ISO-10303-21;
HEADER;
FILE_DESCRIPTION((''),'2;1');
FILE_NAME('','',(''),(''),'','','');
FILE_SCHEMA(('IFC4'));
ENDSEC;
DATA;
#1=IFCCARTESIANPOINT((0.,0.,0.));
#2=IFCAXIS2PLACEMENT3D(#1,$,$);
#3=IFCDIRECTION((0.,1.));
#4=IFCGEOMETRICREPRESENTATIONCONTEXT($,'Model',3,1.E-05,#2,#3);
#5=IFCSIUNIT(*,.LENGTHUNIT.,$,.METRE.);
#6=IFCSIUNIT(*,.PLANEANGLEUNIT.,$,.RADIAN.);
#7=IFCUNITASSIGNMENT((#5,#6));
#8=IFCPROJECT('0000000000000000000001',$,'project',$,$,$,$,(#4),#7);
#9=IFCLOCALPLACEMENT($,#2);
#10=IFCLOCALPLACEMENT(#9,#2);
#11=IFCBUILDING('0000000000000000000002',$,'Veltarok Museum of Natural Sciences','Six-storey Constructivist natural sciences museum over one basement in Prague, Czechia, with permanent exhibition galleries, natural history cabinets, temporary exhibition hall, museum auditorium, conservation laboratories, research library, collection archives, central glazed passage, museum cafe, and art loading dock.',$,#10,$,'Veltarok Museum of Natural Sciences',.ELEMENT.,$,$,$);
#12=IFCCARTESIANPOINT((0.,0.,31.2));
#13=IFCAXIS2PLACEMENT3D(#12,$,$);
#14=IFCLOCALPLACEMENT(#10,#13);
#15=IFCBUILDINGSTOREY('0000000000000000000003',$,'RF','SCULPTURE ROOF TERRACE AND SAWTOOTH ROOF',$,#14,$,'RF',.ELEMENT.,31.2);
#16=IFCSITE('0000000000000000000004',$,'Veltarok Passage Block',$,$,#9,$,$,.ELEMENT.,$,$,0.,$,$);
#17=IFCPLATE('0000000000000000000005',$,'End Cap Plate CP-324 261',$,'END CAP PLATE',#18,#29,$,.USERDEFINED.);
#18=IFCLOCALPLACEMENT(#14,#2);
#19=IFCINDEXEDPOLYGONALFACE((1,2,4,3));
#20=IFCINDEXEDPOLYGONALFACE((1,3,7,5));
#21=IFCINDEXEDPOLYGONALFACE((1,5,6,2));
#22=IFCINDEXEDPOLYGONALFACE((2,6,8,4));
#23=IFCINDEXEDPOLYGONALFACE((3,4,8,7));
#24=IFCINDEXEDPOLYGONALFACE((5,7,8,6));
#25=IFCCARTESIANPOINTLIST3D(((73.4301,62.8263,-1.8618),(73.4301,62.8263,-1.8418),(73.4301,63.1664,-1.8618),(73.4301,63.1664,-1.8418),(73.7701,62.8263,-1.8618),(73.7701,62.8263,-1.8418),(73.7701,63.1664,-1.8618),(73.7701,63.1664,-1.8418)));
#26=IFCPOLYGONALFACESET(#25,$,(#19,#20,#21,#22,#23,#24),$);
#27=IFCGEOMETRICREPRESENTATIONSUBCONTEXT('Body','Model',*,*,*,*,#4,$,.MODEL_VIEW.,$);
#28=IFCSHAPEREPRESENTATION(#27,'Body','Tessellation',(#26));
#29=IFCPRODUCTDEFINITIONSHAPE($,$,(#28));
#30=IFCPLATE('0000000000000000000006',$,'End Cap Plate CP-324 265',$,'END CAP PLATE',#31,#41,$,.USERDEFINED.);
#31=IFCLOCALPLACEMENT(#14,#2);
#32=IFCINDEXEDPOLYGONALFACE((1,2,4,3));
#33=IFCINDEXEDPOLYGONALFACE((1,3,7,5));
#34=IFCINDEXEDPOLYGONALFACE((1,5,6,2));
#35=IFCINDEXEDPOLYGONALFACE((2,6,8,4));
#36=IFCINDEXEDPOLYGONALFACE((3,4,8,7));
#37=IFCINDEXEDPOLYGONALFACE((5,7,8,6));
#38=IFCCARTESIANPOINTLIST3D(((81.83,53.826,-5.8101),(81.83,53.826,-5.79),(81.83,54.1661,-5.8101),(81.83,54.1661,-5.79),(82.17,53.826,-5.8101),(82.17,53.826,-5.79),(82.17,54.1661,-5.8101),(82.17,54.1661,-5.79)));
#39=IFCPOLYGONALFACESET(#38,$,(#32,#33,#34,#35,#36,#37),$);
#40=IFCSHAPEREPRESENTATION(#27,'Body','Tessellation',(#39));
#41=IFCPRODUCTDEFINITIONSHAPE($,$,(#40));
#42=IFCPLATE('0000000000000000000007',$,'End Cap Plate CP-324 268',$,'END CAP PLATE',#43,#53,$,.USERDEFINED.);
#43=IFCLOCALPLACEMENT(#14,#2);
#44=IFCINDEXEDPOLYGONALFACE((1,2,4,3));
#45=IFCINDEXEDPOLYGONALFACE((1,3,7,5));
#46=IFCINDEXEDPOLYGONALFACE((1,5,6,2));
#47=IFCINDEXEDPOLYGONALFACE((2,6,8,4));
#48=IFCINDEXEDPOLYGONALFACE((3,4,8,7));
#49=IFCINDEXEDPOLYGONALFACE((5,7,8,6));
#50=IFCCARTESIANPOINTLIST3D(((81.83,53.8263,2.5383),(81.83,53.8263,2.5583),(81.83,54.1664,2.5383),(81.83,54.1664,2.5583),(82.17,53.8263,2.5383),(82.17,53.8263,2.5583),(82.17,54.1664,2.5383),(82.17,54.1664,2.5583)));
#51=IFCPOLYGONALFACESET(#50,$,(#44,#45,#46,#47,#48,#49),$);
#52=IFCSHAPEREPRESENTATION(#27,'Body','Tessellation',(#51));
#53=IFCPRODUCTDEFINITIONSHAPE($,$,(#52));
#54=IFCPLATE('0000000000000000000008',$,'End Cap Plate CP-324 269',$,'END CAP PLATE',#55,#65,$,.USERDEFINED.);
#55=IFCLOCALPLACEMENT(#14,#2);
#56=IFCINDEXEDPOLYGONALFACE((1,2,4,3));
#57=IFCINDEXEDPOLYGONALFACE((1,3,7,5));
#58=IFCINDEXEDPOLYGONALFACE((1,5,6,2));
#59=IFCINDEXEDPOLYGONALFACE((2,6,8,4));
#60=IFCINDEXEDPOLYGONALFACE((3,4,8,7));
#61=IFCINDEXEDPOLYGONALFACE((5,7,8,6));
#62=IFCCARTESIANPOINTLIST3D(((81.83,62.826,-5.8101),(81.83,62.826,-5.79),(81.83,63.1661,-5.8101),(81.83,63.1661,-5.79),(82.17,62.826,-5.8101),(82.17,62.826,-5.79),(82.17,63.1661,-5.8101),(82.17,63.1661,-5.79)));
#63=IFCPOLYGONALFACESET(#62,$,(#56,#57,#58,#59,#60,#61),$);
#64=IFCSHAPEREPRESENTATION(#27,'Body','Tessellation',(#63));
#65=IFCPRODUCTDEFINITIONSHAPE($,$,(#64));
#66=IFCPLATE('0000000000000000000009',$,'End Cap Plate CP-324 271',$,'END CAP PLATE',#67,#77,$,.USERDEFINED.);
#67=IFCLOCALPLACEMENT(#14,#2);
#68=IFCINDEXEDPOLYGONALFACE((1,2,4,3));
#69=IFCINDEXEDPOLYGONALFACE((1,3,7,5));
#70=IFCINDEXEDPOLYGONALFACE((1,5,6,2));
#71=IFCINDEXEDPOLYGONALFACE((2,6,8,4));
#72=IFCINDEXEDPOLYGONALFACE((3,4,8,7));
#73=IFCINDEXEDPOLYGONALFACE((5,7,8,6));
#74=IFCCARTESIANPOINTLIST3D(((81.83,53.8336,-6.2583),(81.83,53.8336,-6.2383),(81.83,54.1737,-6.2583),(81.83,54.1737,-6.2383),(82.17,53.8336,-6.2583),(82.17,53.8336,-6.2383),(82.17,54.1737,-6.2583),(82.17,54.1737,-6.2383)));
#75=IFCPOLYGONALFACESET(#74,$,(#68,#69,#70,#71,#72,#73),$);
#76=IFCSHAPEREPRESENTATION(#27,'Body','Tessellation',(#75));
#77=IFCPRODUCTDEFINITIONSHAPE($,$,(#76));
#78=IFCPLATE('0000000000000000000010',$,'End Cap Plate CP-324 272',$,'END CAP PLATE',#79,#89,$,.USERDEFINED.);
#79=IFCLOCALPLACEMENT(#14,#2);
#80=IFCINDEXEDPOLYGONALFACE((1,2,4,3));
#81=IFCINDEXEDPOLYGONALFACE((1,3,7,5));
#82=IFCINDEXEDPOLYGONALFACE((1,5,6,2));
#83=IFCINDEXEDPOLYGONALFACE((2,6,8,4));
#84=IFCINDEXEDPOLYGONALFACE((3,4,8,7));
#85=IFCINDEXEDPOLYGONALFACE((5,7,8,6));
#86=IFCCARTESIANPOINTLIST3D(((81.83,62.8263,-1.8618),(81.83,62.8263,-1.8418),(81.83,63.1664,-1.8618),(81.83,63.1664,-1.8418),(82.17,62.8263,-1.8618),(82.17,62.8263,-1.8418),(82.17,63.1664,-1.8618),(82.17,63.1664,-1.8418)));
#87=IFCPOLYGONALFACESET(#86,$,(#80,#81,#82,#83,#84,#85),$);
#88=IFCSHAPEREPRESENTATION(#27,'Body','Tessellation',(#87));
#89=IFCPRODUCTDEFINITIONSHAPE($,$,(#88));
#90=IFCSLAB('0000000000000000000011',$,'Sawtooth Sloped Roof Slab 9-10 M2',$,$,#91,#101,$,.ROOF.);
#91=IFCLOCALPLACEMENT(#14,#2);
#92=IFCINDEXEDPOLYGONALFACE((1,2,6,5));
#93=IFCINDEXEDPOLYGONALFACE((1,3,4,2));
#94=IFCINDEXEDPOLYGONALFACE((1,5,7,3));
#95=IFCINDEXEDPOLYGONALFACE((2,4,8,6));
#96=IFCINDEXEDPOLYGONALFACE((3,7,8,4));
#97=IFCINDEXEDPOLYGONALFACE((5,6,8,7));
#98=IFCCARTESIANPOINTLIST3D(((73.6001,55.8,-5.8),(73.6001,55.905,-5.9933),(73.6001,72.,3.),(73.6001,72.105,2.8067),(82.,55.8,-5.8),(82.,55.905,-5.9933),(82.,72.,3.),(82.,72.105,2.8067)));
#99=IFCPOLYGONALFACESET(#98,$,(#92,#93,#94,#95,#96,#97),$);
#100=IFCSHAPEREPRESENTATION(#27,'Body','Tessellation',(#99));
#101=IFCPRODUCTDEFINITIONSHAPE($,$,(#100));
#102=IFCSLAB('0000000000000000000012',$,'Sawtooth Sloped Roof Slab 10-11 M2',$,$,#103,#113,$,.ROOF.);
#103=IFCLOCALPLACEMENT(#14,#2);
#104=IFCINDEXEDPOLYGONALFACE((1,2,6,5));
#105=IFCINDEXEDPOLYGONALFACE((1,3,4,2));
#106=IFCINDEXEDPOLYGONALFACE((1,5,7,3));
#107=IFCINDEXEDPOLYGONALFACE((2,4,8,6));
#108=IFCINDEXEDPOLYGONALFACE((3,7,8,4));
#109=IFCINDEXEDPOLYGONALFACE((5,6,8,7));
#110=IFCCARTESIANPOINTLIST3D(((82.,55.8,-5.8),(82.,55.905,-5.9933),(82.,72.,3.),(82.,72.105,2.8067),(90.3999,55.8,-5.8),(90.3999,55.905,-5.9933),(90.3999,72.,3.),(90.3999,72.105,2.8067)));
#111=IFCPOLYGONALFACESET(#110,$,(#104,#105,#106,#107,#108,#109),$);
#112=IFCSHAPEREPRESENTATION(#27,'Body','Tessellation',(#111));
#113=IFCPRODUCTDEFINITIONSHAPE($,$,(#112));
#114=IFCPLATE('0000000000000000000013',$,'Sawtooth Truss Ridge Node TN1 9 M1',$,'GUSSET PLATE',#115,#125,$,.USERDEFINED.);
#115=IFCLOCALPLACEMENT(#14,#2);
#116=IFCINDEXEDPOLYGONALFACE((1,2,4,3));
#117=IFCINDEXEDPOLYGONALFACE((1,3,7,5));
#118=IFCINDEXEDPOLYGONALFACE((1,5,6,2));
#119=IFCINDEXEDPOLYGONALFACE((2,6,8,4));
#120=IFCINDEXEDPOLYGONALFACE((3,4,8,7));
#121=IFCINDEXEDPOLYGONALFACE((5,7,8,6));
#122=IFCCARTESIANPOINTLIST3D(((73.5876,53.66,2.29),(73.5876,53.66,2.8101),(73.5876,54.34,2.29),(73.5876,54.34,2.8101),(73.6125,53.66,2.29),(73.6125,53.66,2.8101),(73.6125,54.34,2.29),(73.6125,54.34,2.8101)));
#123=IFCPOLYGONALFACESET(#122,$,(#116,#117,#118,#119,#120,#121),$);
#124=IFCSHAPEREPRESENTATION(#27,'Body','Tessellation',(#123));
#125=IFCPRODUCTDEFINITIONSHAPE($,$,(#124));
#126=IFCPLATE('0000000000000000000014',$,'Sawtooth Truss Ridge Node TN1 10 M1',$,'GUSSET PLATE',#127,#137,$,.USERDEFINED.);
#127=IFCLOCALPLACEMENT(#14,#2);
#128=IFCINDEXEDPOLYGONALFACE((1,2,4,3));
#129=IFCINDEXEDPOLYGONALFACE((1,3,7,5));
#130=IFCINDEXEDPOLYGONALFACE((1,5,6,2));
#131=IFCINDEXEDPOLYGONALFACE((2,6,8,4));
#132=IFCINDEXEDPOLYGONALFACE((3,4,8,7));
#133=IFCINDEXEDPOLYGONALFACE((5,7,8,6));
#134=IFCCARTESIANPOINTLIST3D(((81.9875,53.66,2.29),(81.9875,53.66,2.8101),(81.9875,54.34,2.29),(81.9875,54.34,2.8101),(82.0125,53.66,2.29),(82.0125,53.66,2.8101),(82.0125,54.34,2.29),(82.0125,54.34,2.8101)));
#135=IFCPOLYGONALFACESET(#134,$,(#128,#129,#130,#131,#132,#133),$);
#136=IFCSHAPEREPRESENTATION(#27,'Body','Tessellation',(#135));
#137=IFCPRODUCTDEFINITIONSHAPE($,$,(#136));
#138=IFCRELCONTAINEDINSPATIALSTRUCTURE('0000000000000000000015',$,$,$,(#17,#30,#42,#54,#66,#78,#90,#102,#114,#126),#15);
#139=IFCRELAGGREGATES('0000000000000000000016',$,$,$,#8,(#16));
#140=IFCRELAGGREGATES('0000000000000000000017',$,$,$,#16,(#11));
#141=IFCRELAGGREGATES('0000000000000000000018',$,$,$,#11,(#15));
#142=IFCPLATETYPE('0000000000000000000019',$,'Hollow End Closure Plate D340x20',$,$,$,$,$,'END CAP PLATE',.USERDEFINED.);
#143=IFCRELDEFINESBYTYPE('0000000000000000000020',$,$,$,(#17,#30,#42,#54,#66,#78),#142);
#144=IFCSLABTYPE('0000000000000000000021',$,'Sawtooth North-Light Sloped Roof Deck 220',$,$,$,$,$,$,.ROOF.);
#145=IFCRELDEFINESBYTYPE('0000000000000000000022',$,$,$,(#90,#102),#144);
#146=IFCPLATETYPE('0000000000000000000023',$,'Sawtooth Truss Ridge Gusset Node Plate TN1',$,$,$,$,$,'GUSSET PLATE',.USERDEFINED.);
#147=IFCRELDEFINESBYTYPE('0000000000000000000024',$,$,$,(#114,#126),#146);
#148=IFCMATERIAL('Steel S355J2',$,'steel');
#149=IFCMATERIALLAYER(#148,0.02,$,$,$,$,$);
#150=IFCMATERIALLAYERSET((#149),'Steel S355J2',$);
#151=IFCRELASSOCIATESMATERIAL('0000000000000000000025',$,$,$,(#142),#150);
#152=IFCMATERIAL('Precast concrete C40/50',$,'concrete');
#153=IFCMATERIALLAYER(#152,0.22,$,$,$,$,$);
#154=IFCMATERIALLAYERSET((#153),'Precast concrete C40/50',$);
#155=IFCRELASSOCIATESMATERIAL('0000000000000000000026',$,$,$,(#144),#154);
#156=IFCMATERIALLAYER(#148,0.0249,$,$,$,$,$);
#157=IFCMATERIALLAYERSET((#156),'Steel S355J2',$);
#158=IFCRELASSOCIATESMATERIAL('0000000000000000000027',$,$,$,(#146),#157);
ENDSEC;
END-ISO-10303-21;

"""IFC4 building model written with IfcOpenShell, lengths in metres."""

from ifc_helpers import new_model, si_unit, direction, frame, origin, origin_2d, place, context, subcontext, project, spatial, polyline, rectangle, outline, extrude, material, layer, layer_set, type_object, element, save


model = new_model("IFC4")

# Units and contexts
model_context = context("Model", 3, precision=1e-05, world=origin(), true_north=direction((0.0, 1.0)))
body_context = subcontext(model_context, "Body", "Model", "MODEL_VIEW")
ifc_project = project(units=[si_unit("LENGTHUNIT", "METRE"), si_unit("PLANEANGLEUNIT", "RADIAN")], contexts=[model_context])

# Site, building, storey
site_placement = place(None, origin())
site = spatial("IfcSite", under=ifc_project, at=site_placement, Name="Veltarok Passage Block", CompositionType="ELEMENT", RefElevation=0.0)
building_placement = place(site_placement, origin())
building = spatial("IfcBuilding", under=site, at=building_placement, Name="Veltarok Museum of Natural Sciences", Description="Six-storey Constructivist natural sciences museum over one basement in Prague, Czechia, with permanent exhibition galleries, natural history cabinets, temporary exhibition hall, museum auditorium, conservation laboratories, research library, collection archives, central glazed passage, museum cafe, and art loading dock.", LongName="Veltarok Museum of Natural Sciences", CompositionType="ELEMENT")
storey_placement = place(building_placement, frame((0.0, 0.0, 31.2)))
storey = spatial("IfcBuildingStorey", under=building, at=storey_placement, Name="RF", Description="SCULPTURE ROOF TERRACE AND SAWTOOTH ROOF", LongName="RF", CompositionType="ELEMENT", Elevation=31.2)

# Shared definitions
ifc_material_1 = material(Name="Steel S355J2", Category="steel")

# Plates
ifc_layer_1 = layer(ifc_material_1, 0.02)
ifc_layer_set_1 = layer_set([ifc_layer_1], Name="Steel S355J2")
plate_type_1 = type_object("IfcPlateType", Name="Hollow End Closure Plate D340x20", ElementType="END CAP PLATE", PredefinedType="USERDEFINED", material=ifc_layer_set_1)
for number, where, z_axis, x_axis, name in (
    (1, (73.6001, 62.9963, -1.8618), (0.0, 0.0, 1.0), (0.0, 1.0, 0.0), "End Cap Plate CP-324 261"),
    (2, (82.0, 53.9961, -5.8101), (0.0, 0.0, 1.0), (0.0, 1.0, 0.0), "End Cap Plate CP-324 265"),
    (3, (82.0, 53.9963, 2.5383), (0.0, 0.0, 1.0), (0.0, 1.0, 0.0), "End Cap Plate CP-324 268"),
    (4, (82.0, 62.9961, -5.8101), (0.0, 0.0, 1.0), (0.0, 1.0, 0.0), "End Cap Plate CP-324 269"),
    (5, (82.0, 54.0037, -6.2583), (0.0, 0.0, 1.0), (0.0, 1.0, 0.0), "End Cap Plate CP-324 271"),
    (6, (82.0, 62.9963, -1.8618), (0.0, 0.0, 1.0), (0.0, 1.0, 0.0), "End Cap Plate CP-324 272"),
):
    element("IfcPlate", number, at=place(storey_placement, frame(where, z_axis=z_axis, x_axis=x_axis)), inside=storey, type_object=plate_type_1, Name=name, ObjectType="END CAP PLATE", PredefinedType="USERDEFINED", context=body_context, shape_type="SweptSolid", body=[
        extrude(rectangle(XDim=0.3401, YDim=0.3401, at=origin_2d()), origin(), (0.0, 0.0, 1.0), 0.02),
    ])

# Slabs
ifc_material_2 = material(Name="Precast concrete C40/50", Category="concrete")
ifc_layer_2 = layer(ifc_material_2, 0.22)
ifc_layer_set_2 = layer_set([ifc_layer_2], Name="Precast concrete C40/50")
slab_type = type_object("IfcSlabType", Name="Sawtooth North-Light Sloped Roof Deck 220", PredefinedType="ROOF", material=ifc_layer_set_2)
for number, where, z_axis, x_axis, name in (
    (7, (73.6001, 55.8, -5.8), (0.0, -0.477334, 0.878722), (1.0, 0.0, 0.0), "Sawtooth Sloped Roof Slab 9-10 M2"),
    (8, (82.0, 55.8, -5.8), (0.0, -0.477334, 0.878722), (1.0, 0.0, 0.0), "Sawtooth Sloped Roof Slab 10-11 M2"),
):
    element("IfcSlab", number, at=place(storey_placement, frame(where, z_axis=z_axis, x_axis=x_axis)), inside=storey, type_object=slab_type, Name=name, PredefinedType="ROOF", context=body_context, shape_type="SweptSolid", body=[
        extrude(outline(polyline([(0.0, 0.0), (8.3999, 0.0), (8.3999, 18.4358), (0.0, 18.4358), (0.0, 0.0)])), origin(), (0.0, 0.0, -1.0), 0.22),
    ])

# Plates
ifc_layer_3 = layer(ifc_material_1, 0.0249)
ifc_layer_set_3 = layer_set([ifc_layer_3], Name="Steel S355J2")
plate_type_2 = type_object("IfcPlateType", Name="Sawtooth Truss Ridge Gusset Node Plate TN1", ElementType="GUSSET PLATE", PredefinedType="USERDEFINED", material=ifc_layer_set_3)
for number, where, z_axis, x_axis, name in (
    (9, (73.6001, 54.0, 2.29), (0.0, 0.0, 1.0), (1.0, 0.0, 0.0), "Sawtooth Truss Ridge Node TN1 9 M1"),
    (10, (82.0, 54.0, 2.29), (0.0, 0.0, 1.0), (1.0, 0.0, 0.0), "Sawtooth Truss Ridge Node TN1 10 M1"),
):
    element("IfcPlate", number, at=place(storey_placement, frame(where, z_axis=z_axis, x_axis=x_axis)), inside=storey, type_object=plate_type_2, Name=name, ObjectType="GUSSET PLATE", PredefinedType="USERDEFINED", context=body_context, shape_type="SweptSolid", body=[
        extrude(rectangle(XDim=0.0249, YDim=0.6799, at=origin_2d()), origin(), (0.0, 0.0, 1.0), 0.52),
    ])

save(model, "model.ifc")
